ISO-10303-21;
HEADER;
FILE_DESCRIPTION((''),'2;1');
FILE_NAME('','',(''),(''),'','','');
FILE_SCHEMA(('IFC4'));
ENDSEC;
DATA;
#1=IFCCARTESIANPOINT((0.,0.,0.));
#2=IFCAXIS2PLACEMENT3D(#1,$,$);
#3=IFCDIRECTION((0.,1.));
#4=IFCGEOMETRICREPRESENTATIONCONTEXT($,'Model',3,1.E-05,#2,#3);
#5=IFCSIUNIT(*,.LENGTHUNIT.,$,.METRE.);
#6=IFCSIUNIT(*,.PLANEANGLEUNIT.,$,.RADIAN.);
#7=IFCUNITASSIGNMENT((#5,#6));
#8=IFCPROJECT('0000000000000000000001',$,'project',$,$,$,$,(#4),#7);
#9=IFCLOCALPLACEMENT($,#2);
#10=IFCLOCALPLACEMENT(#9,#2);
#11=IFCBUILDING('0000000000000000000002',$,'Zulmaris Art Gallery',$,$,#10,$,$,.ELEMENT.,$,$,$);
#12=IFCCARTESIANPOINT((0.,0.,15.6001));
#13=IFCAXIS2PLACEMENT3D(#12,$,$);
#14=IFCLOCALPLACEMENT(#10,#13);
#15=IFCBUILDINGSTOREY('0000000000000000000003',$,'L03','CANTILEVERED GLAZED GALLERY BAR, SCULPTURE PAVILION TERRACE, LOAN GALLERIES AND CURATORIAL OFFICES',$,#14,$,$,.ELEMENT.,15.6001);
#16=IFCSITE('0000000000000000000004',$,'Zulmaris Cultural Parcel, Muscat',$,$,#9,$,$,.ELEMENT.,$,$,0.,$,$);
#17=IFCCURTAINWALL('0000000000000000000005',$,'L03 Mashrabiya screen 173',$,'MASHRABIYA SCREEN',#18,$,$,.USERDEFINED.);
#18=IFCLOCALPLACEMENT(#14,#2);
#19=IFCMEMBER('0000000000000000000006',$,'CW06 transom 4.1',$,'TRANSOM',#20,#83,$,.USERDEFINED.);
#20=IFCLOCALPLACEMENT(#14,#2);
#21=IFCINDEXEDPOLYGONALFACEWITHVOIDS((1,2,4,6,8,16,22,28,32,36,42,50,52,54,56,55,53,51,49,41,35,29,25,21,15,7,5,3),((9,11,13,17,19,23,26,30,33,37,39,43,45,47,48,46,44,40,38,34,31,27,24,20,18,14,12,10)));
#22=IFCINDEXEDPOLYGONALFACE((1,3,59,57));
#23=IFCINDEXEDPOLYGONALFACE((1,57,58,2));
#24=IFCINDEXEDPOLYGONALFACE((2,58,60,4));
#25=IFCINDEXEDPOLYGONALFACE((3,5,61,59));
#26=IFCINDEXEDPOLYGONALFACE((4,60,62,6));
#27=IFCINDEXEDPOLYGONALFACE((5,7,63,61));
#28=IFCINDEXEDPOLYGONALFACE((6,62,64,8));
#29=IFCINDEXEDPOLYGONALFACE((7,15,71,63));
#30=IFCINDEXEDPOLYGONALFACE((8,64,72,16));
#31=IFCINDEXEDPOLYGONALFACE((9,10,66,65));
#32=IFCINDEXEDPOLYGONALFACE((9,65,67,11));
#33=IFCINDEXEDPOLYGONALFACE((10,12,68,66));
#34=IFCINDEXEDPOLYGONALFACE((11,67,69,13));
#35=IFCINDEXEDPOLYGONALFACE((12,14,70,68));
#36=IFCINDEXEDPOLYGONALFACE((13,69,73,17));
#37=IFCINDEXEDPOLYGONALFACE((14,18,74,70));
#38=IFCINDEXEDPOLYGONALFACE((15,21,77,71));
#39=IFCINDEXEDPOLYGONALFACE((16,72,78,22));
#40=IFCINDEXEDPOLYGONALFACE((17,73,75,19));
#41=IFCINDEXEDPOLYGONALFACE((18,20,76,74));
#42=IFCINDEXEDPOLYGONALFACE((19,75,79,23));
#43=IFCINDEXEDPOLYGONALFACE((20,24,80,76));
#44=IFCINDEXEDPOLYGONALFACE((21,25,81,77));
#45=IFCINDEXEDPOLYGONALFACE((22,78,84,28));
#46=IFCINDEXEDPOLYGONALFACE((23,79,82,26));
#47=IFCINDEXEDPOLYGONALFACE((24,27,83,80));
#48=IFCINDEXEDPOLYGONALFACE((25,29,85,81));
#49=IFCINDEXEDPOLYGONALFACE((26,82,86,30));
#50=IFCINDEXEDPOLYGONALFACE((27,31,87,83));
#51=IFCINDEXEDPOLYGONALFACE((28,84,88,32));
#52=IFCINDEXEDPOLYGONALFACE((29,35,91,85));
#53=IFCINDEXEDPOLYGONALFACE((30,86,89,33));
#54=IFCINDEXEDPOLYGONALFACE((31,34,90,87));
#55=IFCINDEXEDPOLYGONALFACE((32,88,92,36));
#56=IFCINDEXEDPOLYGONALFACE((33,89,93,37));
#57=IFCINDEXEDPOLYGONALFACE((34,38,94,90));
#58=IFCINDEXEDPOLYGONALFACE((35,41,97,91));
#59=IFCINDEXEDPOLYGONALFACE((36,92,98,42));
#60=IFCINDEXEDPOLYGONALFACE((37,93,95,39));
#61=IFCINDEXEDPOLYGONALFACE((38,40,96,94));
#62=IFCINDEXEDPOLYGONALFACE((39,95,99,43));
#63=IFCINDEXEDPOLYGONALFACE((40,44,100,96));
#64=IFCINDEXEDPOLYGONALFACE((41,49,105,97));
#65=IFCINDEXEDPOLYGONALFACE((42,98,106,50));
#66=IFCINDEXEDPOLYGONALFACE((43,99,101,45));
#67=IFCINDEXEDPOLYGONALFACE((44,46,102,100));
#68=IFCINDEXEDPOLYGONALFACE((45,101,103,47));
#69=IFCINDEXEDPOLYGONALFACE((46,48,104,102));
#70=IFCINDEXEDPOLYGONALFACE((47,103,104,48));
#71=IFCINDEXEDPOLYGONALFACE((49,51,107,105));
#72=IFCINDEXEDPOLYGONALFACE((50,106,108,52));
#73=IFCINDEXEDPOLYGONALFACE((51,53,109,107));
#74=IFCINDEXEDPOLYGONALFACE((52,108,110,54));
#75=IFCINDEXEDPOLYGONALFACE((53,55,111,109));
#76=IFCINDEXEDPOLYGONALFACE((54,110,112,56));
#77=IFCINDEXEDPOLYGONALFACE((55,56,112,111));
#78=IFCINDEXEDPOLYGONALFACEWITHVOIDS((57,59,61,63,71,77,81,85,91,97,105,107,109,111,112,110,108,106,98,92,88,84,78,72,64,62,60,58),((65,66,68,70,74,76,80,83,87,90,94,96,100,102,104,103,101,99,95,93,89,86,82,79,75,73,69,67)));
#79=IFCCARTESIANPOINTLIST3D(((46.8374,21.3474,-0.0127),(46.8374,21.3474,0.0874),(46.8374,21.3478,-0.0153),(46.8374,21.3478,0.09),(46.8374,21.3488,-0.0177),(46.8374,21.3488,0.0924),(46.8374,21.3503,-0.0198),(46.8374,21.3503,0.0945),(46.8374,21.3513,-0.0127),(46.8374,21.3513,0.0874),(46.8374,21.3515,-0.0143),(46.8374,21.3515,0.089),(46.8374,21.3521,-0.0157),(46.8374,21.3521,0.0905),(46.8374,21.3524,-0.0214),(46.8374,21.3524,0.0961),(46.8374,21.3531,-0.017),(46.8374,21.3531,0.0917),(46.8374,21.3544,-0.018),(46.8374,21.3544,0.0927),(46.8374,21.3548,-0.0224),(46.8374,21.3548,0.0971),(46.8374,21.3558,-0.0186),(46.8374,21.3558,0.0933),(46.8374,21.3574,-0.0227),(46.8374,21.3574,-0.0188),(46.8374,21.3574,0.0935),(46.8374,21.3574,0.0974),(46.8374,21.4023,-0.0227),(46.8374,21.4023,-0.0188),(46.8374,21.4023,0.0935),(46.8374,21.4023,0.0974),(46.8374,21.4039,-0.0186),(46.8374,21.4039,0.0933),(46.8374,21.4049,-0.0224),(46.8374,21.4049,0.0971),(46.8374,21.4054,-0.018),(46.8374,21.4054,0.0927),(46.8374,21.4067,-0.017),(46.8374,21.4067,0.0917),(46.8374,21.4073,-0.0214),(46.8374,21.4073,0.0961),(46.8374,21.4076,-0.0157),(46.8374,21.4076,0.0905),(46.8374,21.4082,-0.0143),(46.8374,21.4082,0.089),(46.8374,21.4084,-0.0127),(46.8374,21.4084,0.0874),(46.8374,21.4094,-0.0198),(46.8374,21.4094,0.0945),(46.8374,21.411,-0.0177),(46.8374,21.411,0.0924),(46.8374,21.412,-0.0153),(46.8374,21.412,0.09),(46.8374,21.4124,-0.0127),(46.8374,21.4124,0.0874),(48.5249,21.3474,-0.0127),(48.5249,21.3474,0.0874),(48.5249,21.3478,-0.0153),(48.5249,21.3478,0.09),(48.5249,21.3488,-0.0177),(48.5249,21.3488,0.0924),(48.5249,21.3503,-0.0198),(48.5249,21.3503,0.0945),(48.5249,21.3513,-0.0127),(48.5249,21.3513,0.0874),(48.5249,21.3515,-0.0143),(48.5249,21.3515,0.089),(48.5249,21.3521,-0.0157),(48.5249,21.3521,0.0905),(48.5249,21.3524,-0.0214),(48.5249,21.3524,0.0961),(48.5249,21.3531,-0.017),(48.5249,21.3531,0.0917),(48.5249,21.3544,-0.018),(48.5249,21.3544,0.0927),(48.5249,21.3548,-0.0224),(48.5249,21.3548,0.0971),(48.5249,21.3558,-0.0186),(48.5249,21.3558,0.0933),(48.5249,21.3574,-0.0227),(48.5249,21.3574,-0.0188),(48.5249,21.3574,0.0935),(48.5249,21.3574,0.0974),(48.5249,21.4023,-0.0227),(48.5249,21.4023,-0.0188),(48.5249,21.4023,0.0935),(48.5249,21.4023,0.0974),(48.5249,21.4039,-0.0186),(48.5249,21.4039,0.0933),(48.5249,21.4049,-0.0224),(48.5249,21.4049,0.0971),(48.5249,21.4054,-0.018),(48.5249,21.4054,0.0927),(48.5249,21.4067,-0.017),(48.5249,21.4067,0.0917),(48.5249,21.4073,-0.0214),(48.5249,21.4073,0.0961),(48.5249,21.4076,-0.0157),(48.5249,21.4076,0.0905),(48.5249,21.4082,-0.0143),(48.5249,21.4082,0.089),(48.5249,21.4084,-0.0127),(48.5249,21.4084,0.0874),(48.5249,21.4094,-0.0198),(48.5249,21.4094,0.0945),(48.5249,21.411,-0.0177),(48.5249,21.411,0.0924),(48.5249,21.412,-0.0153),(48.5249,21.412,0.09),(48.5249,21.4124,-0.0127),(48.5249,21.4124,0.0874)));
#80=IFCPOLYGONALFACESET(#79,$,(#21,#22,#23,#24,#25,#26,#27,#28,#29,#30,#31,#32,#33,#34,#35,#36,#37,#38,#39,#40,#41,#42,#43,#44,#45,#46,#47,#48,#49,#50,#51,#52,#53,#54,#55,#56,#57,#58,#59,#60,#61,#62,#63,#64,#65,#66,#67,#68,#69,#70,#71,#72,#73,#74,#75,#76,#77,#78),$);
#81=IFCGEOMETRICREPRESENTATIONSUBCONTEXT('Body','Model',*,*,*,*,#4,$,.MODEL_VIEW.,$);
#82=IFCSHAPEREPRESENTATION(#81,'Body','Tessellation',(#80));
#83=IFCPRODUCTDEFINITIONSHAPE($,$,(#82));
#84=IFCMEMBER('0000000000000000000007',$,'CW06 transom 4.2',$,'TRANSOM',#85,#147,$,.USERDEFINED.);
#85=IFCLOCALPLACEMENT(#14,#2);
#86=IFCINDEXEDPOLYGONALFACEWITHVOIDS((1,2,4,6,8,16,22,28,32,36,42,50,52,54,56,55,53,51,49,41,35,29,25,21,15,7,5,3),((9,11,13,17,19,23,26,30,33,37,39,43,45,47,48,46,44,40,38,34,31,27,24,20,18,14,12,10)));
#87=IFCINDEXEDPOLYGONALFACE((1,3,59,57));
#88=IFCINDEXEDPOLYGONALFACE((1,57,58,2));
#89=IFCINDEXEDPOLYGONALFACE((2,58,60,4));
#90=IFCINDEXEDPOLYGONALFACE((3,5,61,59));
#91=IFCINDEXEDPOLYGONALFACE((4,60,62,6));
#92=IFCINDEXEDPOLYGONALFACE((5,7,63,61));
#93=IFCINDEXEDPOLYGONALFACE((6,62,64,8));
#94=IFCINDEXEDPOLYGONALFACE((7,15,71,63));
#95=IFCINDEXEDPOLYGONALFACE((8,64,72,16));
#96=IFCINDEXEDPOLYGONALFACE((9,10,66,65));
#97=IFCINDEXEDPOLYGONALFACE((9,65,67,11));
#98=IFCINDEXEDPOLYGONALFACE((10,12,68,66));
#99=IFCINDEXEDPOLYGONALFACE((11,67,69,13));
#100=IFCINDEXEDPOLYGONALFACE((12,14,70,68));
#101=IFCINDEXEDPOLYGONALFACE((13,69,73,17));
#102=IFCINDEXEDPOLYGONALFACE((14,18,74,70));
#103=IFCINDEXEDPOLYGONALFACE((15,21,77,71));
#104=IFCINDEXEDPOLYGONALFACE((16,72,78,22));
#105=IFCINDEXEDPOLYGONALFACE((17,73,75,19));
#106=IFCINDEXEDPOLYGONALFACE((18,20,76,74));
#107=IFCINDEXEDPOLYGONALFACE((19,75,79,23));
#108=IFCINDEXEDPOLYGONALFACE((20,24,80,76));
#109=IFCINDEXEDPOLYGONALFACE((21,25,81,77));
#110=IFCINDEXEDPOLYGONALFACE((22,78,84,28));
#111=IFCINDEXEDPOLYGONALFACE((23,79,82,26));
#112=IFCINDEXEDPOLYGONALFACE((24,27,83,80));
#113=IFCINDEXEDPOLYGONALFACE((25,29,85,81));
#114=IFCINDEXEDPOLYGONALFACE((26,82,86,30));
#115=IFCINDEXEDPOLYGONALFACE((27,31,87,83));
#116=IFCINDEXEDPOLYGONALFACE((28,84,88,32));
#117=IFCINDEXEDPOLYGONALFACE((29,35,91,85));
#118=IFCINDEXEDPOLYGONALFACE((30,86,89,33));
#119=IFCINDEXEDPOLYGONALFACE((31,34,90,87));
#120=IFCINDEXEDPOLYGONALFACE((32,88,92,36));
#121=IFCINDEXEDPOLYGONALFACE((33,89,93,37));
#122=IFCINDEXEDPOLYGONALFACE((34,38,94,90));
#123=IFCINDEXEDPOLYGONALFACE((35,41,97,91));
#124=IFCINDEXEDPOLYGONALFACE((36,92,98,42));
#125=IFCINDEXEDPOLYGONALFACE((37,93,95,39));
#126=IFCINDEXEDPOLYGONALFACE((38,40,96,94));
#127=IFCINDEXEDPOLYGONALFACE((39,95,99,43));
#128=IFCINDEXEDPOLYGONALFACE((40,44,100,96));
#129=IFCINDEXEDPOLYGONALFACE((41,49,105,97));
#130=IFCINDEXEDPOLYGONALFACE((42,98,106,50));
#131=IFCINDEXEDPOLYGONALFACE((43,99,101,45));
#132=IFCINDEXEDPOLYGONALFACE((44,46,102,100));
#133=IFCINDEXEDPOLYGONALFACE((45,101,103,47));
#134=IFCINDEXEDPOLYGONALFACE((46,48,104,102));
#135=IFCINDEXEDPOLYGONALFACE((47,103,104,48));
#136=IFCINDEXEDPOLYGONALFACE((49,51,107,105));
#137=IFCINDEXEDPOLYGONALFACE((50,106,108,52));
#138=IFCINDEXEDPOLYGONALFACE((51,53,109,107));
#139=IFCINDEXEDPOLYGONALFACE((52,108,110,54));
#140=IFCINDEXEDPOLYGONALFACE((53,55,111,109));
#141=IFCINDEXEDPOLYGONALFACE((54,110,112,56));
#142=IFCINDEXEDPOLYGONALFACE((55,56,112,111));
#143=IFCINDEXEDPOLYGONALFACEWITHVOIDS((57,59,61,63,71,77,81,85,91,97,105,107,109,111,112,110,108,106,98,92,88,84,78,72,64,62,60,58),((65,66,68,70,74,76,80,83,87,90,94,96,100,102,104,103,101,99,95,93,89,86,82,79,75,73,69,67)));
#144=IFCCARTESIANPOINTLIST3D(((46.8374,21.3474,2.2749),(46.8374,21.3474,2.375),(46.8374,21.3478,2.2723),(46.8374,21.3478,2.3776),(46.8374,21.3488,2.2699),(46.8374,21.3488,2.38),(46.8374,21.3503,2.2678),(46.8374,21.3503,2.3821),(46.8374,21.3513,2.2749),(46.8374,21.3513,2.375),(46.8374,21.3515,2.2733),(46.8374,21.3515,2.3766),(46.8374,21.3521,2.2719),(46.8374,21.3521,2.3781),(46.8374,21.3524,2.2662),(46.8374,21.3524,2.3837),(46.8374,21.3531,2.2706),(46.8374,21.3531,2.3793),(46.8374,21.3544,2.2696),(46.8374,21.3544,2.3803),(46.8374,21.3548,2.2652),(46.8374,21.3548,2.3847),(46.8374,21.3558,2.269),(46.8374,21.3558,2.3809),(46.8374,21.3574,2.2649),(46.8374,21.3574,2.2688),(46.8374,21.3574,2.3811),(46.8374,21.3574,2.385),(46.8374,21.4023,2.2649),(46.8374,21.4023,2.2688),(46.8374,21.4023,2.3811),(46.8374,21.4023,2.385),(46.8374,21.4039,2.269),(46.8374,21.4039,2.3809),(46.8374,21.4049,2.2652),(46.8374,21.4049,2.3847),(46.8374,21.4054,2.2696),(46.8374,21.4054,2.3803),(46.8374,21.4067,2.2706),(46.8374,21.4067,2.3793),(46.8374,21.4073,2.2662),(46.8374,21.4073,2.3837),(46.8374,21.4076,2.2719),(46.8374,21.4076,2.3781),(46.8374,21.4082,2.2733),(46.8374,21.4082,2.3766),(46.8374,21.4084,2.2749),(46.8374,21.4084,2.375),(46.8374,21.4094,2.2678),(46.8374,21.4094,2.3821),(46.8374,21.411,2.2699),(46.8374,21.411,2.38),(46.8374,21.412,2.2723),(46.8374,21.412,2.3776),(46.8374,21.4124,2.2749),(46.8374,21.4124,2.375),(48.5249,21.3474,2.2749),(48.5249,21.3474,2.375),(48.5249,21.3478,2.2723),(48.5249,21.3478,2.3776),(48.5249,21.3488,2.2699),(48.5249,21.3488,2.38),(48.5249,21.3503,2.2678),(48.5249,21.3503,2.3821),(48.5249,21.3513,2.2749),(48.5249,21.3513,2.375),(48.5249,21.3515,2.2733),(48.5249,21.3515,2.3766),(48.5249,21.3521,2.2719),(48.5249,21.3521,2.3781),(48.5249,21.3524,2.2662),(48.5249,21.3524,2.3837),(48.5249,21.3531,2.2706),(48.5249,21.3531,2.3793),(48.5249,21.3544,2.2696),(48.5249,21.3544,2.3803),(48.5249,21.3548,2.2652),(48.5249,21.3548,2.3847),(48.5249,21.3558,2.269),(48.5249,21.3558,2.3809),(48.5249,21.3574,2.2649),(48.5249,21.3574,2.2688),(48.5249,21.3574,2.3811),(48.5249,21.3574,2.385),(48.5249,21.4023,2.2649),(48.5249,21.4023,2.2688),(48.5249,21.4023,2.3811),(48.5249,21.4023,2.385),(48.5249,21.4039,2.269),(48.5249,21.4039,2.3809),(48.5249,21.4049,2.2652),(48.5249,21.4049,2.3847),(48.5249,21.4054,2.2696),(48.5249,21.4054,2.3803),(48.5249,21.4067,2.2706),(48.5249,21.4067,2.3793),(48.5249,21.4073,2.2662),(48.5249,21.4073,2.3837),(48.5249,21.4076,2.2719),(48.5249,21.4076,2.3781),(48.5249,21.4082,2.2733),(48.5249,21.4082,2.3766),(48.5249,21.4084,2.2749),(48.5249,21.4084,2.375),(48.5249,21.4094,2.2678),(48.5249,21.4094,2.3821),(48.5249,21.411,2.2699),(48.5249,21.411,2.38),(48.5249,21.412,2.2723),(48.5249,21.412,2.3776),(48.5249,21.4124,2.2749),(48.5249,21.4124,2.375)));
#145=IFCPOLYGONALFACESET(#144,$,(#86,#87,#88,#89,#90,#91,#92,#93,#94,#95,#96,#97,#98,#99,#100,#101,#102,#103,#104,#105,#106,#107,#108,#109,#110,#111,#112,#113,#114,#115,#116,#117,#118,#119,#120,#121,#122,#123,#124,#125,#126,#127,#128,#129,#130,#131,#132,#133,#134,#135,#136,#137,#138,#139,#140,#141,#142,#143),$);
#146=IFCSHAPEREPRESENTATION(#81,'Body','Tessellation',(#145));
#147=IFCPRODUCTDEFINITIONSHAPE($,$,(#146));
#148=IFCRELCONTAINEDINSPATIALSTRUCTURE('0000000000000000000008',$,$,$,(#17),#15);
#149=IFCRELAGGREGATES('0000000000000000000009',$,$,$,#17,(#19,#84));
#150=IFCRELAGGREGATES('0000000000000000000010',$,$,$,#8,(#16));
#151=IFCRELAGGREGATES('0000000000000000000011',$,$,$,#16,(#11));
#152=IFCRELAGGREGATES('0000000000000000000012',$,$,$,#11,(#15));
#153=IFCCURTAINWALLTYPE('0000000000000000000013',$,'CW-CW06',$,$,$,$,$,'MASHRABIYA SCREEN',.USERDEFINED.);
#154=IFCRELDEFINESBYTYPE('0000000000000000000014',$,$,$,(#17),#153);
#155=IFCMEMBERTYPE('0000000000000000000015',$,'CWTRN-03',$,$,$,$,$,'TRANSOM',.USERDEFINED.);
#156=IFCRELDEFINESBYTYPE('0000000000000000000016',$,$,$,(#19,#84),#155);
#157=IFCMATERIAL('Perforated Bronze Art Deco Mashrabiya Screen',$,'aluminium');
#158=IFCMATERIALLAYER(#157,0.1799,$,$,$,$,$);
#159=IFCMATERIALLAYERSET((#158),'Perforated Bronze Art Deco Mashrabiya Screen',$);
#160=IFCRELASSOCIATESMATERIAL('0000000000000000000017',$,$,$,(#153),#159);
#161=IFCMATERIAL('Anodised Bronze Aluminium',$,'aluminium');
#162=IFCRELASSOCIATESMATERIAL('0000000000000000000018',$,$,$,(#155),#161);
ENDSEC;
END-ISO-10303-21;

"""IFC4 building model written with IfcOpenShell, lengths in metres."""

from ifc_helpers import new_model, si_unit, direction, frame, origin, origin_2d, place, context, subcontext, project, spatial, hollow_rectangle, extrude, material, layer, layer_set, material_profile, profile_set, type_object, element, aggregate, save


model = new_model("IFC4")

# Units and contexts
model_context = context("Model", 3, precision=1e-05, world=origin(), true_north=direction((0.0, 1.0)))
body_context = subcontext(model_context, "Body", "Model", "MODEL_VIEW")
ifc_project = project(units=[si_unit("LENGTHUNIT", "METRE"), si_unit("PLANEANGLEUNIT", "RADIAN")], contexts=[model_context])

# Site, building, storey
site_placement = place(None, origin())
site = spatial("IfcSite", under=ifc_project, at=site_placement, Name="Zulmaris Cultural Parcel, Muscat", CompositionType="ELEMENT", RefElevation=0.0)
building_placement = place(site_placement, origin())
building = spatial("IfcBuilding", under=site, at=building_placement, Name="Zulmaris Art Gallery", CompositionType="ELEMENT")
storey_placement = place(building_placement, frame((0.0, 0.0, 15.6001)))
storey = spatial("IfcBuildingStorey", under=building, at=storey_placement, Name="L03", Description="CANTILEVERED GLAZED GALLERY BAR, SCULPTURE PAVILION TERRACE, LOAN GALLERIES AND CURATORIAL OFFICES", CompositionType="ELEMENT", Elevation=15.6001)

# Curtain wall
ifc_material_1 = material(Name="Anodised Bronze Aluminium", Category="aluminium")
ifc_material_2 = material(Name="Perforated Bronze Art Deco Mashrabiya Screen", Category="aluminium")
ifc_layer_1 = layer(ifc_material_2, 0.1799)
ifc_layer_set_1 = layer_set([ifc_layer_1], Name="Perforated Bronze Art Deco Mashrabiya Screen")
curtain_wall_type_1 = type_object("IfcCurtainWallType", Name="CW-CW06", ElementType="MASHRABIYA SCREEN", PredefinedType="USERDEFINED", material=ifc_layer_set_1)
curtain_wall_1_placement = place(storey_placement, origin())
curtain_wall_1 = element("IfcCurtainWall", 1, at=curtain_wall_1_placement, inside=storey, type_object=curtain_wall_type_1, Name="L03 Mashrabiya screen 173", ObjectType="MASHRABIYA SCREEN", PredefinedType="USERDEFINED")

# Members
ifc_material_profile_1 = material_profile(ifc_material_1, hollow_rectangle(XDim=0.0649, YDim=0.1201, WallThickness=0.0039, InnerFilletRadius=0.0061, OuterFilletRadius=0.01, at=origin_2d()), Name="ALU 65x120x4")
ifc_profile_set_1 = profile_set([ifc_material_profile_1], Name="Anodised Bronze Aluminium")
member_type_1 = type_object("IfcMemberType", Name="CWTRN-03", ElementType="TRANSOM", PredefinedType="USERDEFINED", material=ifc_profile_set_1)
member_1_placement = place(storey_placement, frame((46.8374, 21.3799, 0.0374), z_axis=(1.0, 0.0, 0.0), x_axis=(0.0, 1.0, 0.0)))
member_1 = element("IfcMember", 2, at=member_1_placement, type_object=member_type_1, Name="CW06 transom 4.1", ObjectType="TRANSOM", PredefinedType="USERDEFINED", context=body_context, shape_type="SweptSolid", body=[
    extrude(hollow_rectangle(XDim=0.0649, YDim=0.1201, WallThickness=0.0039, InnerFilletRadius=0.0061, OuterFilletRadius=0.01, at=origin_2d()), origin(), (0.0, 0.0, 1.0), 1.6875),
])
member_2_placement = place(storey_placement, frame((46.8374, 21.3799, 2.325), z_axis=(1.0, 0.0, 0.0), x_axis=(0.0, 1.0, 0.0)))
member_2 = element("IfcMember", 3, at=member_2_placement, type_object=member_type_1, Name="CW06 transom 4.2", ObjectType="TRANSOM", PredefinedType="USERDEFINED", context=body_context, shape_type="SweptSolid", body=[
    extrude(hollow_rectangle(XDim=0.0649, YDim=0.1201, WallThickness=0.0039, InnerFilletRadius=0.0061, OuterFilletRadius=0.01, at=origin_2d()), origin(), (0.0, 0.0, 1.0), 1.6875),
])

aggregate(curtain_wall_1, [member_1, member_2])

save(model, "model.ifc")
